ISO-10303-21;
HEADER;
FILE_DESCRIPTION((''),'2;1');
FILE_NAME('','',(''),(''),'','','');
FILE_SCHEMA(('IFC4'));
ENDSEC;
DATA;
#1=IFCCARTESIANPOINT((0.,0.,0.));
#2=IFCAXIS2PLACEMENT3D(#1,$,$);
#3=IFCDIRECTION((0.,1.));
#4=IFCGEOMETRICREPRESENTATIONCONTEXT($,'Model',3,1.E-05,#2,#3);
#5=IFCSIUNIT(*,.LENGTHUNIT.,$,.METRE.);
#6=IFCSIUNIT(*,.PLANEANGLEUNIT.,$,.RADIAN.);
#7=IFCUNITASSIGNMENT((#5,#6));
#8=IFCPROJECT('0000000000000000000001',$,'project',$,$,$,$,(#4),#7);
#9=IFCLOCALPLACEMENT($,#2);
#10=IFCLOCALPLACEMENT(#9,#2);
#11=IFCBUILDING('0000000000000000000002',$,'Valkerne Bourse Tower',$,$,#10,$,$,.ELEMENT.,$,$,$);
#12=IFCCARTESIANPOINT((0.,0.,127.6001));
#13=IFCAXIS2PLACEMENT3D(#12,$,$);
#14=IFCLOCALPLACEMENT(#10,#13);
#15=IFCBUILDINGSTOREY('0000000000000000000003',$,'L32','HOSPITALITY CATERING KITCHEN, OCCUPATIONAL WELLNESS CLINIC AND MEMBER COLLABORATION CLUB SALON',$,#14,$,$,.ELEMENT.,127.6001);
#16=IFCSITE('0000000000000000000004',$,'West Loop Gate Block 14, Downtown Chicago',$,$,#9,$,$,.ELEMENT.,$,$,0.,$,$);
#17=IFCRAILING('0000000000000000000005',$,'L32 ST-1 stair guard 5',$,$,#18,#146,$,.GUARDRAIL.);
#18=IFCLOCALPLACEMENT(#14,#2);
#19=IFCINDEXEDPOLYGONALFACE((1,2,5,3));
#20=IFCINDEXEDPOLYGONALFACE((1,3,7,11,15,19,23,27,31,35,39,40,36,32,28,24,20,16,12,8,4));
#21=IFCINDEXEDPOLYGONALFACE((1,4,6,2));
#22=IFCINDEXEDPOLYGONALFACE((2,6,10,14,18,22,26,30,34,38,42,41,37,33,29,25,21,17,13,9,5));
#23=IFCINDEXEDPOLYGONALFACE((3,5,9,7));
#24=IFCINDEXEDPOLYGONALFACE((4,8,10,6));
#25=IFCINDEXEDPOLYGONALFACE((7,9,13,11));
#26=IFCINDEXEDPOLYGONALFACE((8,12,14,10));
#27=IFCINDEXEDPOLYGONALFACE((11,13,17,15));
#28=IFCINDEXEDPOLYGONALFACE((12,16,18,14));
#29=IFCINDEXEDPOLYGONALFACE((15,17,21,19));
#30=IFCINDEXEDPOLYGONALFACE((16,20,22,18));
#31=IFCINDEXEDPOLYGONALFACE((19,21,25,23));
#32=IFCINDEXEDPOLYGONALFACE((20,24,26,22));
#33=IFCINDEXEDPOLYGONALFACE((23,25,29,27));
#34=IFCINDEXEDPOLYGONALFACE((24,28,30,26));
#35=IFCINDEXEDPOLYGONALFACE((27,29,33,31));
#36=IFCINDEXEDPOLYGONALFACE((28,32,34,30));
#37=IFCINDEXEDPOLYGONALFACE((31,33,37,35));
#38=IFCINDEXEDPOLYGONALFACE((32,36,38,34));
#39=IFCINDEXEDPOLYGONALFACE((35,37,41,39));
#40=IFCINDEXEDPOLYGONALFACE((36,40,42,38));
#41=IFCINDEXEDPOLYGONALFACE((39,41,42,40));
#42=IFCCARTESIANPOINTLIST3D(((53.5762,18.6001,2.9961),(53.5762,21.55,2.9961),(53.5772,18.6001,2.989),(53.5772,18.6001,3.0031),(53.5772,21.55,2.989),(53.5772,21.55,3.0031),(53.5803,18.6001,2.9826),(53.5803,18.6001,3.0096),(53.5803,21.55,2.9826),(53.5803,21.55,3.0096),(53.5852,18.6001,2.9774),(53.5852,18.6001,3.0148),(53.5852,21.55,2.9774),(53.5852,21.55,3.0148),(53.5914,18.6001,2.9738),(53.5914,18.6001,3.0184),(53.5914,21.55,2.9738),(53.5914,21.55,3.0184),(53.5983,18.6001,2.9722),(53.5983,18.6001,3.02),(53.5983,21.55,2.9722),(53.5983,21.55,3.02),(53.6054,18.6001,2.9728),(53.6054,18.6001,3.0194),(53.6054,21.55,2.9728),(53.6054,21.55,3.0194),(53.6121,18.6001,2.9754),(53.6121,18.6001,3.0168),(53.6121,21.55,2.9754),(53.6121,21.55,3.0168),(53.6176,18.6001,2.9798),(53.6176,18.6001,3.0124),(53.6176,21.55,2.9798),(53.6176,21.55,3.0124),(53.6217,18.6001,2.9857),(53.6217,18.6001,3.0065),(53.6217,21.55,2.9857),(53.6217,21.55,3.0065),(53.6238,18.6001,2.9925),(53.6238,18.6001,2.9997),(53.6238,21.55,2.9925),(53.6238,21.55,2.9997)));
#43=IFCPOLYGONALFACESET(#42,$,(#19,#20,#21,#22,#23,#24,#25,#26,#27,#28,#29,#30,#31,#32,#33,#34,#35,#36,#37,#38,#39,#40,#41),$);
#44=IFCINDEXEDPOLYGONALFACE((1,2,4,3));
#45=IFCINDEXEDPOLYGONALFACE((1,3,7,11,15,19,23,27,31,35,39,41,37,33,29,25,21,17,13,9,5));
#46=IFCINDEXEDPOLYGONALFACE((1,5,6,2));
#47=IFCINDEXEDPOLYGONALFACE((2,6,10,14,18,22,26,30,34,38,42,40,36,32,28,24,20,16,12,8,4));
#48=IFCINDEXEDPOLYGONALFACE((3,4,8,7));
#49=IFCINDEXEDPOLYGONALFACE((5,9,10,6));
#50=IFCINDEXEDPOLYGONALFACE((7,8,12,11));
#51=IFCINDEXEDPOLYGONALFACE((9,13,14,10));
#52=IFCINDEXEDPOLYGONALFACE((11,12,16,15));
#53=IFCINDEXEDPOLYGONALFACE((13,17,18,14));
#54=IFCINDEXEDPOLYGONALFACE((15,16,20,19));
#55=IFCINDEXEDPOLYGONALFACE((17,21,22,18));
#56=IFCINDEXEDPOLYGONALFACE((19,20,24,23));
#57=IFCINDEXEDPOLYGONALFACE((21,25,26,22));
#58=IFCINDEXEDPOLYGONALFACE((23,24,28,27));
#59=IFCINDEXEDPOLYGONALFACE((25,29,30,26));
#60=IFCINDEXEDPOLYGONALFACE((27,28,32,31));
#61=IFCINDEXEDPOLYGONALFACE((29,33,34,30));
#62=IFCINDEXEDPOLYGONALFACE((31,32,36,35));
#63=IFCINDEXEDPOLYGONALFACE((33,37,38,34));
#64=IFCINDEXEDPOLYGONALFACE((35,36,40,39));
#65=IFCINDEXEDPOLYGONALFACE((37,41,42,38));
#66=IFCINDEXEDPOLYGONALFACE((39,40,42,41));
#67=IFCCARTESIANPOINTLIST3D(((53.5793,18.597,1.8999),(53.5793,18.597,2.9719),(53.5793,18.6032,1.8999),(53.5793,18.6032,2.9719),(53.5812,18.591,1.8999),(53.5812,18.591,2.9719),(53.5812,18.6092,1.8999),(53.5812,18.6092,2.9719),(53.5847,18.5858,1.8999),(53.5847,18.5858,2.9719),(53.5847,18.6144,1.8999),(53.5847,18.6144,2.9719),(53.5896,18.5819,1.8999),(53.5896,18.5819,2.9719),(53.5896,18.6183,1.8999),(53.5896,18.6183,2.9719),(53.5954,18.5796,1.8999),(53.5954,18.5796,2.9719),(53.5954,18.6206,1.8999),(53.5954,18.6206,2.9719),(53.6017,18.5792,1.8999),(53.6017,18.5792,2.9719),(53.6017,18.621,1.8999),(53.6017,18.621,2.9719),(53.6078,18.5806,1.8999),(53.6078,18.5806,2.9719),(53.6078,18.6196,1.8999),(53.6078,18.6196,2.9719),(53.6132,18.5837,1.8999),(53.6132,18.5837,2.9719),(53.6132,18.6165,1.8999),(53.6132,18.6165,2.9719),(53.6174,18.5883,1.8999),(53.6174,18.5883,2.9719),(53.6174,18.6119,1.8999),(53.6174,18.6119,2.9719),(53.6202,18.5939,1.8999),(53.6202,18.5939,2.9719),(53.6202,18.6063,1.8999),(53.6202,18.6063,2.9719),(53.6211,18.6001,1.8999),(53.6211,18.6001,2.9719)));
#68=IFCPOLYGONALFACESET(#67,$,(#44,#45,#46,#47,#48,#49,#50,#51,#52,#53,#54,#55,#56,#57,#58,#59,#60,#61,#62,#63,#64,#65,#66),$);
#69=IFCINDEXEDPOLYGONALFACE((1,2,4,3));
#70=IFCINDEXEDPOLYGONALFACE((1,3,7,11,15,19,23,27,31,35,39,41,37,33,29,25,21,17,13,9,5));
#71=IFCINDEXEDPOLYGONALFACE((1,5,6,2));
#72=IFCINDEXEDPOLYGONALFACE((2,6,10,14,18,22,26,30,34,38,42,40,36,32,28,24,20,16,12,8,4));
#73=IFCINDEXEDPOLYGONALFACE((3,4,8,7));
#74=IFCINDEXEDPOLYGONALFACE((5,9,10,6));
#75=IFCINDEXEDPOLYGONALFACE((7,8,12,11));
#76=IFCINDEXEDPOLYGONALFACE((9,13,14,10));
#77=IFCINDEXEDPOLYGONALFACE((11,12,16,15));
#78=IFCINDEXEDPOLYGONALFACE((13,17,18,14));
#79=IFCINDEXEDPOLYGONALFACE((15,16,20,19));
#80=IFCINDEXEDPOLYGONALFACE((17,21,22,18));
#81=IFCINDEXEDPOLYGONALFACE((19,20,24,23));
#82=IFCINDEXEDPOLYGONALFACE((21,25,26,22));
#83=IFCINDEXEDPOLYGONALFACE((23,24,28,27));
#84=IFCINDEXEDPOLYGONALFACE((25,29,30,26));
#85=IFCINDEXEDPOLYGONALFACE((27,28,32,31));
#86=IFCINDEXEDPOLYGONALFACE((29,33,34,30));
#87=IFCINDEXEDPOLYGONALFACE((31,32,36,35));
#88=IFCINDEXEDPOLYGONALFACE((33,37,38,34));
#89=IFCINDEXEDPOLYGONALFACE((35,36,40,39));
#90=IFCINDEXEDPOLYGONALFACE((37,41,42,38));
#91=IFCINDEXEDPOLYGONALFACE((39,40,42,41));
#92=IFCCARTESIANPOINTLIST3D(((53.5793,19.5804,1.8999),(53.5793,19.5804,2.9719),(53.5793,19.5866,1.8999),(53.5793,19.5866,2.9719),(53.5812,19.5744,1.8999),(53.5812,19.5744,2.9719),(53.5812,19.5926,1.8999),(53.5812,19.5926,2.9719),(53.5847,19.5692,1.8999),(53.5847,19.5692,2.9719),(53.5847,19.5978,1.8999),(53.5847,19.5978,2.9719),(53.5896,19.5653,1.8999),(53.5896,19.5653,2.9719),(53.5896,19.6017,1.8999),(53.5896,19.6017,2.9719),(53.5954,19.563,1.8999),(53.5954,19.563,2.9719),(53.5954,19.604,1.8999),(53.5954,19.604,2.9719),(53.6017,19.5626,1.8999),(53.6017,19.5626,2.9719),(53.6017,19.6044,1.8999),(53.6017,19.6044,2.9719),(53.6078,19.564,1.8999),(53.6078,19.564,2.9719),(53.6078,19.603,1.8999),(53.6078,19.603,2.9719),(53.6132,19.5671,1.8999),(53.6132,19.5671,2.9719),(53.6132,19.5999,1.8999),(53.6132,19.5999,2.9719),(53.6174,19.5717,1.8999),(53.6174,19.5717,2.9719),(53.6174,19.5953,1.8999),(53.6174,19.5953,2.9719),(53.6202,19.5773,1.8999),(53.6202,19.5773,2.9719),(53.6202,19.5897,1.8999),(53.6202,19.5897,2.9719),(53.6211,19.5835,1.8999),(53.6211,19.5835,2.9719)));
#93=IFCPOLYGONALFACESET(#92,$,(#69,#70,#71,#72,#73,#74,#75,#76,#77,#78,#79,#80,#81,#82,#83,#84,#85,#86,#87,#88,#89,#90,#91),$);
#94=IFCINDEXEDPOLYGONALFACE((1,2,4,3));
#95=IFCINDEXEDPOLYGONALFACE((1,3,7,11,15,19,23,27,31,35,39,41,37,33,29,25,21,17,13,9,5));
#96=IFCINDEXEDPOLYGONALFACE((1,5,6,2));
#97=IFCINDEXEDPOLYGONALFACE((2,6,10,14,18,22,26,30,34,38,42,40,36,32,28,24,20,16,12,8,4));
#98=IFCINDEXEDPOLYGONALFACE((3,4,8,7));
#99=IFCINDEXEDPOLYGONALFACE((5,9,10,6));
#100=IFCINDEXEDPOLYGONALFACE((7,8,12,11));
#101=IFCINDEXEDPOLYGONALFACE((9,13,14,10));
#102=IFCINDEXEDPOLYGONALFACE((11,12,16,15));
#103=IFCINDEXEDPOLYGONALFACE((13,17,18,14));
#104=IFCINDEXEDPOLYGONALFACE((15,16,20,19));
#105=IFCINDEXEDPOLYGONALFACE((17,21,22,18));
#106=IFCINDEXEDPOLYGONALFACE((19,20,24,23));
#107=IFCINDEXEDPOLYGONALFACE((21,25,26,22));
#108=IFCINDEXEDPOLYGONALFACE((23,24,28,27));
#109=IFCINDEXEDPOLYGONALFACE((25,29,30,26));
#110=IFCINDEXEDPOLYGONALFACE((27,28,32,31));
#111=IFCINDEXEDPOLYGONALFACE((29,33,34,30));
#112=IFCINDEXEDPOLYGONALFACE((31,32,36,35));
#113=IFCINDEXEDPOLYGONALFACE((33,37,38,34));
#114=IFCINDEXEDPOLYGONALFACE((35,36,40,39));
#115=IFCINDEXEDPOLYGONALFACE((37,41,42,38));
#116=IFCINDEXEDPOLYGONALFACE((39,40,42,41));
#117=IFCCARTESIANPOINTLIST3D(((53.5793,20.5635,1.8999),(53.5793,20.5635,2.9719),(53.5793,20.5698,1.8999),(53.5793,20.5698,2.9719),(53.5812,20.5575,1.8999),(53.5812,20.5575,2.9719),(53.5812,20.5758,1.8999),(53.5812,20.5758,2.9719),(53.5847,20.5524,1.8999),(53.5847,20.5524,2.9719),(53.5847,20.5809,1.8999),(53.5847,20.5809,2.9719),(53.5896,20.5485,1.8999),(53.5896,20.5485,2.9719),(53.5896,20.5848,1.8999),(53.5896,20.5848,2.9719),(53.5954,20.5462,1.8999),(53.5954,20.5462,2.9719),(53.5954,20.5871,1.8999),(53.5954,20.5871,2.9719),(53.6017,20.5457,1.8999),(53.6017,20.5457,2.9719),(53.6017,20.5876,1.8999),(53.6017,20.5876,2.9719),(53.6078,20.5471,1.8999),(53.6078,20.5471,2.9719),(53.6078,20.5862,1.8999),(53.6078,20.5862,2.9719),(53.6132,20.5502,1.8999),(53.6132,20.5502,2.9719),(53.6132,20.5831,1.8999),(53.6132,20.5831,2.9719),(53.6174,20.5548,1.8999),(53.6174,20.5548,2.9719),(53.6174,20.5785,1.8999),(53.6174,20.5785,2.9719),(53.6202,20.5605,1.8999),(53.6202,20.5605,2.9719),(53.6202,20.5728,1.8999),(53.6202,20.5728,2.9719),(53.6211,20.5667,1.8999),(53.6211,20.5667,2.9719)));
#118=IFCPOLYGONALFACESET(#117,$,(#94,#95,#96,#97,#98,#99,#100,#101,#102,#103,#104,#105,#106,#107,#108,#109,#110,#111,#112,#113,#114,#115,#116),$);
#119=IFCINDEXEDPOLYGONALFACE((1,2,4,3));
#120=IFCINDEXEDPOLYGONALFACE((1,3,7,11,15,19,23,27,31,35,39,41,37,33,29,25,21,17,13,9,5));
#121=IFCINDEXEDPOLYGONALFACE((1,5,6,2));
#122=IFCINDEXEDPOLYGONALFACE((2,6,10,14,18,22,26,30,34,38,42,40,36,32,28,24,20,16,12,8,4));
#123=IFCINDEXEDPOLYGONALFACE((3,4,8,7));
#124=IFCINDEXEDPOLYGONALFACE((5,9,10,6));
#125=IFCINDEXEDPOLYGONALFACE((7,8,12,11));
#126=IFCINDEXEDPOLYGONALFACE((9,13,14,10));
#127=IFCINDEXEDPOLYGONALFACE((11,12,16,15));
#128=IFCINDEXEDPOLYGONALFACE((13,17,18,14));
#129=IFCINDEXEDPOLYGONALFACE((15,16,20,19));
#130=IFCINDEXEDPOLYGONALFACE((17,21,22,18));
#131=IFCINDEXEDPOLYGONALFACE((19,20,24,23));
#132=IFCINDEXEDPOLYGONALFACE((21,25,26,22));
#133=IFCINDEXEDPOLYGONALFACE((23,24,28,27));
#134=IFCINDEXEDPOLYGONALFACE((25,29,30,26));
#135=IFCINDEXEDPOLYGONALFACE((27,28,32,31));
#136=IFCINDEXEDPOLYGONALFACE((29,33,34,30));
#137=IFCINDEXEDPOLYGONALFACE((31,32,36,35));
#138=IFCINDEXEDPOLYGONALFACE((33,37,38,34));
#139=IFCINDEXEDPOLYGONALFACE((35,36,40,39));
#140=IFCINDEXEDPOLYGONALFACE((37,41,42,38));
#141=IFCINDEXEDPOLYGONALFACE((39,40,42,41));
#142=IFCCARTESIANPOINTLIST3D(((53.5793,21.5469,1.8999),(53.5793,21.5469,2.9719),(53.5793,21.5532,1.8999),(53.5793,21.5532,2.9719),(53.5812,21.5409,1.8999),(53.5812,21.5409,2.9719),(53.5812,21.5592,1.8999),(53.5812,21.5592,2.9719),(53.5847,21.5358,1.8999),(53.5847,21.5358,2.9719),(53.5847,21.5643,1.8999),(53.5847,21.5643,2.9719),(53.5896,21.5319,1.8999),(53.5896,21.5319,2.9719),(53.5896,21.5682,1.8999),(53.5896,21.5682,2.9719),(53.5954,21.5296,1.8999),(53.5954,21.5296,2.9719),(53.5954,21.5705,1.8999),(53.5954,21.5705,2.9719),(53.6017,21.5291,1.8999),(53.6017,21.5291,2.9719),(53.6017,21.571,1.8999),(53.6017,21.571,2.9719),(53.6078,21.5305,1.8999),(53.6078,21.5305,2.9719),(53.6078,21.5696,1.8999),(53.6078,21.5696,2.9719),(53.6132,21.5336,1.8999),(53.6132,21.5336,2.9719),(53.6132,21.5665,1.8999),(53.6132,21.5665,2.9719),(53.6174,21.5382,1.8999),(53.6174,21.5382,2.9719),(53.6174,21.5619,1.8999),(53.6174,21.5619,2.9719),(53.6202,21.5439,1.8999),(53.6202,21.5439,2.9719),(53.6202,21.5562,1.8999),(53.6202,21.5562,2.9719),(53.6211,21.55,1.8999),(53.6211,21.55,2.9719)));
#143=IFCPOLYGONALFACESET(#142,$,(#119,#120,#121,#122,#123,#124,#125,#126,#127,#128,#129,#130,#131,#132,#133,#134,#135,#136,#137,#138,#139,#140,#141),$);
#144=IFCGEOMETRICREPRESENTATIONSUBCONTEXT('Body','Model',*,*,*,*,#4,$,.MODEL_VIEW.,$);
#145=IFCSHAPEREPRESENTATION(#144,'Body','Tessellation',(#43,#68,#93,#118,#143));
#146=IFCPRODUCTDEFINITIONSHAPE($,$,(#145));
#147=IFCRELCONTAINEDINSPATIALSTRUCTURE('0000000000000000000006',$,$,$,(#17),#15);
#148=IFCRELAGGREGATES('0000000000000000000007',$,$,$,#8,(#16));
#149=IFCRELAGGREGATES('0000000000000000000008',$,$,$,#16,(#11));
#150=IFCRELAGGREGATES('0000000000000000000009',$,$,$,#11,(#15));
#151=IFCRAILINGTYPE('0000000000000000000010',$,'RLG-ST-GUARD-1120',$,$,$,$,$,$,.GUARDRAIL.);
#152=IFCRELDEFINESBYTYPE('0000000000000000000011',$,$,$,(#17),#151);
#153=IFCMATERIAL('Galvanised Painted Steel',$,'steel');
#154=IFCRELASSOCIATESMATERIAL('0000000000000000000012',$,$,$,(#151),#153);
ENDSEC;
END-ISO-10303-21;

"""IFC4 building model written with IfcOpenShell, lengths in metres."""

from ifc_helpers import new_model, si_unit, direction, frame, origin, origin_2d, place, context, subcontext, project, spatial, circle, extrude, material, type_object, element, save


model = new_model("IFC4")

# Units and contexts
model_context = context("Model", 3, precision=1e-05, world=origin(), true_north=direction((0.0, 1.0)))
body_context = subcontext(model_context, "Body", "Model", "MODEL_VIEW")
ifc_project = project(units=[si_unit("LENGTHUNIT", "METRE"), si_unit("PLANEANGLEUNIT", "RADIAN")], contexts=[model_context])

# Site, building, storey
site_placement = place(None, origin())
site = spatial("IfcSite", under=ifc_project, at=site_placement, Name="West Loop Gate Block 14, Downtown Chicago", CompositionType="ELEMENT", RefElevation=0.0)
building_placement = place(site_placement, origin())
building = spatial("IfcBuilding", under=site, at=building_placement, Name="Valkerne Bourse Tower", CompositionType="ELEMENT")
storey_placement = place(building_placement, frame((0.0, 0.0, 127.6001)))
storey = spatial("IfcBuildingStorey", under=building, at=storey_placement, Name="L32", Description="HOSPITALITY CATERING KITCHEN, OCCUPATIONAL WELLNESS CLINIC AND MEMBER COLLABORATION CLUB SALON", CompositionType="ELEMENT", Elevation=127.6001)

# Shared definitions
ifc_material_1 = material(Name="Galvanised Painted Steel", Category="steel")

# Railing
railing_type_1 = type_object("IfcRailingType", Name="RLG-ST-GUARD-1120", PredefinedType="GUARDRAIL", material=ifc_material_1)
railing_1_placement = place(storey_placement, frame((53.6001, 18.6001, 1.8999)))
element("IfcRailing", 1, at=railing_1_placement, inside=storey, type_object=railing_type_1, Name="L32 ST-1 stair guard 5", PredefinedType="GUARDRAIL", context=body_context, shape_type="SweptSolid", body=[
    extrude(circle(Radius=0.0239, at=origin_2d()), frame((0.0, 0.0, 1.0962), z_axis=(0.0, 1.0, 0.0), x_axis=(-1.0, 0.0, 0.0)), (0.0, 0.0, 1.0), 2.95),
    extrude(circle(Radius=0.021, at=origin_2d()), origin(), (0.0, 0.0, 1.0), 1.072),
    extrude(circle(Radius=0.021, at=origin_2d()), frame((0.0, 0.9834, 0.0)), (0.0, 0.0, 1.0), 1.072),
    extrude(circle(Radius=0.021, at=origin_2d()), frame((0.0, 1.9666, 0.0)), (0.0, 0.0, 1.0), 1.072),
    extrude(circle(Radius=0.021, at=origin_2d()), frame((0.0, 2.95, 0.0)), (0.0, 0.0, 1.0), 1.072),
])

save(model, "model.ifc")
